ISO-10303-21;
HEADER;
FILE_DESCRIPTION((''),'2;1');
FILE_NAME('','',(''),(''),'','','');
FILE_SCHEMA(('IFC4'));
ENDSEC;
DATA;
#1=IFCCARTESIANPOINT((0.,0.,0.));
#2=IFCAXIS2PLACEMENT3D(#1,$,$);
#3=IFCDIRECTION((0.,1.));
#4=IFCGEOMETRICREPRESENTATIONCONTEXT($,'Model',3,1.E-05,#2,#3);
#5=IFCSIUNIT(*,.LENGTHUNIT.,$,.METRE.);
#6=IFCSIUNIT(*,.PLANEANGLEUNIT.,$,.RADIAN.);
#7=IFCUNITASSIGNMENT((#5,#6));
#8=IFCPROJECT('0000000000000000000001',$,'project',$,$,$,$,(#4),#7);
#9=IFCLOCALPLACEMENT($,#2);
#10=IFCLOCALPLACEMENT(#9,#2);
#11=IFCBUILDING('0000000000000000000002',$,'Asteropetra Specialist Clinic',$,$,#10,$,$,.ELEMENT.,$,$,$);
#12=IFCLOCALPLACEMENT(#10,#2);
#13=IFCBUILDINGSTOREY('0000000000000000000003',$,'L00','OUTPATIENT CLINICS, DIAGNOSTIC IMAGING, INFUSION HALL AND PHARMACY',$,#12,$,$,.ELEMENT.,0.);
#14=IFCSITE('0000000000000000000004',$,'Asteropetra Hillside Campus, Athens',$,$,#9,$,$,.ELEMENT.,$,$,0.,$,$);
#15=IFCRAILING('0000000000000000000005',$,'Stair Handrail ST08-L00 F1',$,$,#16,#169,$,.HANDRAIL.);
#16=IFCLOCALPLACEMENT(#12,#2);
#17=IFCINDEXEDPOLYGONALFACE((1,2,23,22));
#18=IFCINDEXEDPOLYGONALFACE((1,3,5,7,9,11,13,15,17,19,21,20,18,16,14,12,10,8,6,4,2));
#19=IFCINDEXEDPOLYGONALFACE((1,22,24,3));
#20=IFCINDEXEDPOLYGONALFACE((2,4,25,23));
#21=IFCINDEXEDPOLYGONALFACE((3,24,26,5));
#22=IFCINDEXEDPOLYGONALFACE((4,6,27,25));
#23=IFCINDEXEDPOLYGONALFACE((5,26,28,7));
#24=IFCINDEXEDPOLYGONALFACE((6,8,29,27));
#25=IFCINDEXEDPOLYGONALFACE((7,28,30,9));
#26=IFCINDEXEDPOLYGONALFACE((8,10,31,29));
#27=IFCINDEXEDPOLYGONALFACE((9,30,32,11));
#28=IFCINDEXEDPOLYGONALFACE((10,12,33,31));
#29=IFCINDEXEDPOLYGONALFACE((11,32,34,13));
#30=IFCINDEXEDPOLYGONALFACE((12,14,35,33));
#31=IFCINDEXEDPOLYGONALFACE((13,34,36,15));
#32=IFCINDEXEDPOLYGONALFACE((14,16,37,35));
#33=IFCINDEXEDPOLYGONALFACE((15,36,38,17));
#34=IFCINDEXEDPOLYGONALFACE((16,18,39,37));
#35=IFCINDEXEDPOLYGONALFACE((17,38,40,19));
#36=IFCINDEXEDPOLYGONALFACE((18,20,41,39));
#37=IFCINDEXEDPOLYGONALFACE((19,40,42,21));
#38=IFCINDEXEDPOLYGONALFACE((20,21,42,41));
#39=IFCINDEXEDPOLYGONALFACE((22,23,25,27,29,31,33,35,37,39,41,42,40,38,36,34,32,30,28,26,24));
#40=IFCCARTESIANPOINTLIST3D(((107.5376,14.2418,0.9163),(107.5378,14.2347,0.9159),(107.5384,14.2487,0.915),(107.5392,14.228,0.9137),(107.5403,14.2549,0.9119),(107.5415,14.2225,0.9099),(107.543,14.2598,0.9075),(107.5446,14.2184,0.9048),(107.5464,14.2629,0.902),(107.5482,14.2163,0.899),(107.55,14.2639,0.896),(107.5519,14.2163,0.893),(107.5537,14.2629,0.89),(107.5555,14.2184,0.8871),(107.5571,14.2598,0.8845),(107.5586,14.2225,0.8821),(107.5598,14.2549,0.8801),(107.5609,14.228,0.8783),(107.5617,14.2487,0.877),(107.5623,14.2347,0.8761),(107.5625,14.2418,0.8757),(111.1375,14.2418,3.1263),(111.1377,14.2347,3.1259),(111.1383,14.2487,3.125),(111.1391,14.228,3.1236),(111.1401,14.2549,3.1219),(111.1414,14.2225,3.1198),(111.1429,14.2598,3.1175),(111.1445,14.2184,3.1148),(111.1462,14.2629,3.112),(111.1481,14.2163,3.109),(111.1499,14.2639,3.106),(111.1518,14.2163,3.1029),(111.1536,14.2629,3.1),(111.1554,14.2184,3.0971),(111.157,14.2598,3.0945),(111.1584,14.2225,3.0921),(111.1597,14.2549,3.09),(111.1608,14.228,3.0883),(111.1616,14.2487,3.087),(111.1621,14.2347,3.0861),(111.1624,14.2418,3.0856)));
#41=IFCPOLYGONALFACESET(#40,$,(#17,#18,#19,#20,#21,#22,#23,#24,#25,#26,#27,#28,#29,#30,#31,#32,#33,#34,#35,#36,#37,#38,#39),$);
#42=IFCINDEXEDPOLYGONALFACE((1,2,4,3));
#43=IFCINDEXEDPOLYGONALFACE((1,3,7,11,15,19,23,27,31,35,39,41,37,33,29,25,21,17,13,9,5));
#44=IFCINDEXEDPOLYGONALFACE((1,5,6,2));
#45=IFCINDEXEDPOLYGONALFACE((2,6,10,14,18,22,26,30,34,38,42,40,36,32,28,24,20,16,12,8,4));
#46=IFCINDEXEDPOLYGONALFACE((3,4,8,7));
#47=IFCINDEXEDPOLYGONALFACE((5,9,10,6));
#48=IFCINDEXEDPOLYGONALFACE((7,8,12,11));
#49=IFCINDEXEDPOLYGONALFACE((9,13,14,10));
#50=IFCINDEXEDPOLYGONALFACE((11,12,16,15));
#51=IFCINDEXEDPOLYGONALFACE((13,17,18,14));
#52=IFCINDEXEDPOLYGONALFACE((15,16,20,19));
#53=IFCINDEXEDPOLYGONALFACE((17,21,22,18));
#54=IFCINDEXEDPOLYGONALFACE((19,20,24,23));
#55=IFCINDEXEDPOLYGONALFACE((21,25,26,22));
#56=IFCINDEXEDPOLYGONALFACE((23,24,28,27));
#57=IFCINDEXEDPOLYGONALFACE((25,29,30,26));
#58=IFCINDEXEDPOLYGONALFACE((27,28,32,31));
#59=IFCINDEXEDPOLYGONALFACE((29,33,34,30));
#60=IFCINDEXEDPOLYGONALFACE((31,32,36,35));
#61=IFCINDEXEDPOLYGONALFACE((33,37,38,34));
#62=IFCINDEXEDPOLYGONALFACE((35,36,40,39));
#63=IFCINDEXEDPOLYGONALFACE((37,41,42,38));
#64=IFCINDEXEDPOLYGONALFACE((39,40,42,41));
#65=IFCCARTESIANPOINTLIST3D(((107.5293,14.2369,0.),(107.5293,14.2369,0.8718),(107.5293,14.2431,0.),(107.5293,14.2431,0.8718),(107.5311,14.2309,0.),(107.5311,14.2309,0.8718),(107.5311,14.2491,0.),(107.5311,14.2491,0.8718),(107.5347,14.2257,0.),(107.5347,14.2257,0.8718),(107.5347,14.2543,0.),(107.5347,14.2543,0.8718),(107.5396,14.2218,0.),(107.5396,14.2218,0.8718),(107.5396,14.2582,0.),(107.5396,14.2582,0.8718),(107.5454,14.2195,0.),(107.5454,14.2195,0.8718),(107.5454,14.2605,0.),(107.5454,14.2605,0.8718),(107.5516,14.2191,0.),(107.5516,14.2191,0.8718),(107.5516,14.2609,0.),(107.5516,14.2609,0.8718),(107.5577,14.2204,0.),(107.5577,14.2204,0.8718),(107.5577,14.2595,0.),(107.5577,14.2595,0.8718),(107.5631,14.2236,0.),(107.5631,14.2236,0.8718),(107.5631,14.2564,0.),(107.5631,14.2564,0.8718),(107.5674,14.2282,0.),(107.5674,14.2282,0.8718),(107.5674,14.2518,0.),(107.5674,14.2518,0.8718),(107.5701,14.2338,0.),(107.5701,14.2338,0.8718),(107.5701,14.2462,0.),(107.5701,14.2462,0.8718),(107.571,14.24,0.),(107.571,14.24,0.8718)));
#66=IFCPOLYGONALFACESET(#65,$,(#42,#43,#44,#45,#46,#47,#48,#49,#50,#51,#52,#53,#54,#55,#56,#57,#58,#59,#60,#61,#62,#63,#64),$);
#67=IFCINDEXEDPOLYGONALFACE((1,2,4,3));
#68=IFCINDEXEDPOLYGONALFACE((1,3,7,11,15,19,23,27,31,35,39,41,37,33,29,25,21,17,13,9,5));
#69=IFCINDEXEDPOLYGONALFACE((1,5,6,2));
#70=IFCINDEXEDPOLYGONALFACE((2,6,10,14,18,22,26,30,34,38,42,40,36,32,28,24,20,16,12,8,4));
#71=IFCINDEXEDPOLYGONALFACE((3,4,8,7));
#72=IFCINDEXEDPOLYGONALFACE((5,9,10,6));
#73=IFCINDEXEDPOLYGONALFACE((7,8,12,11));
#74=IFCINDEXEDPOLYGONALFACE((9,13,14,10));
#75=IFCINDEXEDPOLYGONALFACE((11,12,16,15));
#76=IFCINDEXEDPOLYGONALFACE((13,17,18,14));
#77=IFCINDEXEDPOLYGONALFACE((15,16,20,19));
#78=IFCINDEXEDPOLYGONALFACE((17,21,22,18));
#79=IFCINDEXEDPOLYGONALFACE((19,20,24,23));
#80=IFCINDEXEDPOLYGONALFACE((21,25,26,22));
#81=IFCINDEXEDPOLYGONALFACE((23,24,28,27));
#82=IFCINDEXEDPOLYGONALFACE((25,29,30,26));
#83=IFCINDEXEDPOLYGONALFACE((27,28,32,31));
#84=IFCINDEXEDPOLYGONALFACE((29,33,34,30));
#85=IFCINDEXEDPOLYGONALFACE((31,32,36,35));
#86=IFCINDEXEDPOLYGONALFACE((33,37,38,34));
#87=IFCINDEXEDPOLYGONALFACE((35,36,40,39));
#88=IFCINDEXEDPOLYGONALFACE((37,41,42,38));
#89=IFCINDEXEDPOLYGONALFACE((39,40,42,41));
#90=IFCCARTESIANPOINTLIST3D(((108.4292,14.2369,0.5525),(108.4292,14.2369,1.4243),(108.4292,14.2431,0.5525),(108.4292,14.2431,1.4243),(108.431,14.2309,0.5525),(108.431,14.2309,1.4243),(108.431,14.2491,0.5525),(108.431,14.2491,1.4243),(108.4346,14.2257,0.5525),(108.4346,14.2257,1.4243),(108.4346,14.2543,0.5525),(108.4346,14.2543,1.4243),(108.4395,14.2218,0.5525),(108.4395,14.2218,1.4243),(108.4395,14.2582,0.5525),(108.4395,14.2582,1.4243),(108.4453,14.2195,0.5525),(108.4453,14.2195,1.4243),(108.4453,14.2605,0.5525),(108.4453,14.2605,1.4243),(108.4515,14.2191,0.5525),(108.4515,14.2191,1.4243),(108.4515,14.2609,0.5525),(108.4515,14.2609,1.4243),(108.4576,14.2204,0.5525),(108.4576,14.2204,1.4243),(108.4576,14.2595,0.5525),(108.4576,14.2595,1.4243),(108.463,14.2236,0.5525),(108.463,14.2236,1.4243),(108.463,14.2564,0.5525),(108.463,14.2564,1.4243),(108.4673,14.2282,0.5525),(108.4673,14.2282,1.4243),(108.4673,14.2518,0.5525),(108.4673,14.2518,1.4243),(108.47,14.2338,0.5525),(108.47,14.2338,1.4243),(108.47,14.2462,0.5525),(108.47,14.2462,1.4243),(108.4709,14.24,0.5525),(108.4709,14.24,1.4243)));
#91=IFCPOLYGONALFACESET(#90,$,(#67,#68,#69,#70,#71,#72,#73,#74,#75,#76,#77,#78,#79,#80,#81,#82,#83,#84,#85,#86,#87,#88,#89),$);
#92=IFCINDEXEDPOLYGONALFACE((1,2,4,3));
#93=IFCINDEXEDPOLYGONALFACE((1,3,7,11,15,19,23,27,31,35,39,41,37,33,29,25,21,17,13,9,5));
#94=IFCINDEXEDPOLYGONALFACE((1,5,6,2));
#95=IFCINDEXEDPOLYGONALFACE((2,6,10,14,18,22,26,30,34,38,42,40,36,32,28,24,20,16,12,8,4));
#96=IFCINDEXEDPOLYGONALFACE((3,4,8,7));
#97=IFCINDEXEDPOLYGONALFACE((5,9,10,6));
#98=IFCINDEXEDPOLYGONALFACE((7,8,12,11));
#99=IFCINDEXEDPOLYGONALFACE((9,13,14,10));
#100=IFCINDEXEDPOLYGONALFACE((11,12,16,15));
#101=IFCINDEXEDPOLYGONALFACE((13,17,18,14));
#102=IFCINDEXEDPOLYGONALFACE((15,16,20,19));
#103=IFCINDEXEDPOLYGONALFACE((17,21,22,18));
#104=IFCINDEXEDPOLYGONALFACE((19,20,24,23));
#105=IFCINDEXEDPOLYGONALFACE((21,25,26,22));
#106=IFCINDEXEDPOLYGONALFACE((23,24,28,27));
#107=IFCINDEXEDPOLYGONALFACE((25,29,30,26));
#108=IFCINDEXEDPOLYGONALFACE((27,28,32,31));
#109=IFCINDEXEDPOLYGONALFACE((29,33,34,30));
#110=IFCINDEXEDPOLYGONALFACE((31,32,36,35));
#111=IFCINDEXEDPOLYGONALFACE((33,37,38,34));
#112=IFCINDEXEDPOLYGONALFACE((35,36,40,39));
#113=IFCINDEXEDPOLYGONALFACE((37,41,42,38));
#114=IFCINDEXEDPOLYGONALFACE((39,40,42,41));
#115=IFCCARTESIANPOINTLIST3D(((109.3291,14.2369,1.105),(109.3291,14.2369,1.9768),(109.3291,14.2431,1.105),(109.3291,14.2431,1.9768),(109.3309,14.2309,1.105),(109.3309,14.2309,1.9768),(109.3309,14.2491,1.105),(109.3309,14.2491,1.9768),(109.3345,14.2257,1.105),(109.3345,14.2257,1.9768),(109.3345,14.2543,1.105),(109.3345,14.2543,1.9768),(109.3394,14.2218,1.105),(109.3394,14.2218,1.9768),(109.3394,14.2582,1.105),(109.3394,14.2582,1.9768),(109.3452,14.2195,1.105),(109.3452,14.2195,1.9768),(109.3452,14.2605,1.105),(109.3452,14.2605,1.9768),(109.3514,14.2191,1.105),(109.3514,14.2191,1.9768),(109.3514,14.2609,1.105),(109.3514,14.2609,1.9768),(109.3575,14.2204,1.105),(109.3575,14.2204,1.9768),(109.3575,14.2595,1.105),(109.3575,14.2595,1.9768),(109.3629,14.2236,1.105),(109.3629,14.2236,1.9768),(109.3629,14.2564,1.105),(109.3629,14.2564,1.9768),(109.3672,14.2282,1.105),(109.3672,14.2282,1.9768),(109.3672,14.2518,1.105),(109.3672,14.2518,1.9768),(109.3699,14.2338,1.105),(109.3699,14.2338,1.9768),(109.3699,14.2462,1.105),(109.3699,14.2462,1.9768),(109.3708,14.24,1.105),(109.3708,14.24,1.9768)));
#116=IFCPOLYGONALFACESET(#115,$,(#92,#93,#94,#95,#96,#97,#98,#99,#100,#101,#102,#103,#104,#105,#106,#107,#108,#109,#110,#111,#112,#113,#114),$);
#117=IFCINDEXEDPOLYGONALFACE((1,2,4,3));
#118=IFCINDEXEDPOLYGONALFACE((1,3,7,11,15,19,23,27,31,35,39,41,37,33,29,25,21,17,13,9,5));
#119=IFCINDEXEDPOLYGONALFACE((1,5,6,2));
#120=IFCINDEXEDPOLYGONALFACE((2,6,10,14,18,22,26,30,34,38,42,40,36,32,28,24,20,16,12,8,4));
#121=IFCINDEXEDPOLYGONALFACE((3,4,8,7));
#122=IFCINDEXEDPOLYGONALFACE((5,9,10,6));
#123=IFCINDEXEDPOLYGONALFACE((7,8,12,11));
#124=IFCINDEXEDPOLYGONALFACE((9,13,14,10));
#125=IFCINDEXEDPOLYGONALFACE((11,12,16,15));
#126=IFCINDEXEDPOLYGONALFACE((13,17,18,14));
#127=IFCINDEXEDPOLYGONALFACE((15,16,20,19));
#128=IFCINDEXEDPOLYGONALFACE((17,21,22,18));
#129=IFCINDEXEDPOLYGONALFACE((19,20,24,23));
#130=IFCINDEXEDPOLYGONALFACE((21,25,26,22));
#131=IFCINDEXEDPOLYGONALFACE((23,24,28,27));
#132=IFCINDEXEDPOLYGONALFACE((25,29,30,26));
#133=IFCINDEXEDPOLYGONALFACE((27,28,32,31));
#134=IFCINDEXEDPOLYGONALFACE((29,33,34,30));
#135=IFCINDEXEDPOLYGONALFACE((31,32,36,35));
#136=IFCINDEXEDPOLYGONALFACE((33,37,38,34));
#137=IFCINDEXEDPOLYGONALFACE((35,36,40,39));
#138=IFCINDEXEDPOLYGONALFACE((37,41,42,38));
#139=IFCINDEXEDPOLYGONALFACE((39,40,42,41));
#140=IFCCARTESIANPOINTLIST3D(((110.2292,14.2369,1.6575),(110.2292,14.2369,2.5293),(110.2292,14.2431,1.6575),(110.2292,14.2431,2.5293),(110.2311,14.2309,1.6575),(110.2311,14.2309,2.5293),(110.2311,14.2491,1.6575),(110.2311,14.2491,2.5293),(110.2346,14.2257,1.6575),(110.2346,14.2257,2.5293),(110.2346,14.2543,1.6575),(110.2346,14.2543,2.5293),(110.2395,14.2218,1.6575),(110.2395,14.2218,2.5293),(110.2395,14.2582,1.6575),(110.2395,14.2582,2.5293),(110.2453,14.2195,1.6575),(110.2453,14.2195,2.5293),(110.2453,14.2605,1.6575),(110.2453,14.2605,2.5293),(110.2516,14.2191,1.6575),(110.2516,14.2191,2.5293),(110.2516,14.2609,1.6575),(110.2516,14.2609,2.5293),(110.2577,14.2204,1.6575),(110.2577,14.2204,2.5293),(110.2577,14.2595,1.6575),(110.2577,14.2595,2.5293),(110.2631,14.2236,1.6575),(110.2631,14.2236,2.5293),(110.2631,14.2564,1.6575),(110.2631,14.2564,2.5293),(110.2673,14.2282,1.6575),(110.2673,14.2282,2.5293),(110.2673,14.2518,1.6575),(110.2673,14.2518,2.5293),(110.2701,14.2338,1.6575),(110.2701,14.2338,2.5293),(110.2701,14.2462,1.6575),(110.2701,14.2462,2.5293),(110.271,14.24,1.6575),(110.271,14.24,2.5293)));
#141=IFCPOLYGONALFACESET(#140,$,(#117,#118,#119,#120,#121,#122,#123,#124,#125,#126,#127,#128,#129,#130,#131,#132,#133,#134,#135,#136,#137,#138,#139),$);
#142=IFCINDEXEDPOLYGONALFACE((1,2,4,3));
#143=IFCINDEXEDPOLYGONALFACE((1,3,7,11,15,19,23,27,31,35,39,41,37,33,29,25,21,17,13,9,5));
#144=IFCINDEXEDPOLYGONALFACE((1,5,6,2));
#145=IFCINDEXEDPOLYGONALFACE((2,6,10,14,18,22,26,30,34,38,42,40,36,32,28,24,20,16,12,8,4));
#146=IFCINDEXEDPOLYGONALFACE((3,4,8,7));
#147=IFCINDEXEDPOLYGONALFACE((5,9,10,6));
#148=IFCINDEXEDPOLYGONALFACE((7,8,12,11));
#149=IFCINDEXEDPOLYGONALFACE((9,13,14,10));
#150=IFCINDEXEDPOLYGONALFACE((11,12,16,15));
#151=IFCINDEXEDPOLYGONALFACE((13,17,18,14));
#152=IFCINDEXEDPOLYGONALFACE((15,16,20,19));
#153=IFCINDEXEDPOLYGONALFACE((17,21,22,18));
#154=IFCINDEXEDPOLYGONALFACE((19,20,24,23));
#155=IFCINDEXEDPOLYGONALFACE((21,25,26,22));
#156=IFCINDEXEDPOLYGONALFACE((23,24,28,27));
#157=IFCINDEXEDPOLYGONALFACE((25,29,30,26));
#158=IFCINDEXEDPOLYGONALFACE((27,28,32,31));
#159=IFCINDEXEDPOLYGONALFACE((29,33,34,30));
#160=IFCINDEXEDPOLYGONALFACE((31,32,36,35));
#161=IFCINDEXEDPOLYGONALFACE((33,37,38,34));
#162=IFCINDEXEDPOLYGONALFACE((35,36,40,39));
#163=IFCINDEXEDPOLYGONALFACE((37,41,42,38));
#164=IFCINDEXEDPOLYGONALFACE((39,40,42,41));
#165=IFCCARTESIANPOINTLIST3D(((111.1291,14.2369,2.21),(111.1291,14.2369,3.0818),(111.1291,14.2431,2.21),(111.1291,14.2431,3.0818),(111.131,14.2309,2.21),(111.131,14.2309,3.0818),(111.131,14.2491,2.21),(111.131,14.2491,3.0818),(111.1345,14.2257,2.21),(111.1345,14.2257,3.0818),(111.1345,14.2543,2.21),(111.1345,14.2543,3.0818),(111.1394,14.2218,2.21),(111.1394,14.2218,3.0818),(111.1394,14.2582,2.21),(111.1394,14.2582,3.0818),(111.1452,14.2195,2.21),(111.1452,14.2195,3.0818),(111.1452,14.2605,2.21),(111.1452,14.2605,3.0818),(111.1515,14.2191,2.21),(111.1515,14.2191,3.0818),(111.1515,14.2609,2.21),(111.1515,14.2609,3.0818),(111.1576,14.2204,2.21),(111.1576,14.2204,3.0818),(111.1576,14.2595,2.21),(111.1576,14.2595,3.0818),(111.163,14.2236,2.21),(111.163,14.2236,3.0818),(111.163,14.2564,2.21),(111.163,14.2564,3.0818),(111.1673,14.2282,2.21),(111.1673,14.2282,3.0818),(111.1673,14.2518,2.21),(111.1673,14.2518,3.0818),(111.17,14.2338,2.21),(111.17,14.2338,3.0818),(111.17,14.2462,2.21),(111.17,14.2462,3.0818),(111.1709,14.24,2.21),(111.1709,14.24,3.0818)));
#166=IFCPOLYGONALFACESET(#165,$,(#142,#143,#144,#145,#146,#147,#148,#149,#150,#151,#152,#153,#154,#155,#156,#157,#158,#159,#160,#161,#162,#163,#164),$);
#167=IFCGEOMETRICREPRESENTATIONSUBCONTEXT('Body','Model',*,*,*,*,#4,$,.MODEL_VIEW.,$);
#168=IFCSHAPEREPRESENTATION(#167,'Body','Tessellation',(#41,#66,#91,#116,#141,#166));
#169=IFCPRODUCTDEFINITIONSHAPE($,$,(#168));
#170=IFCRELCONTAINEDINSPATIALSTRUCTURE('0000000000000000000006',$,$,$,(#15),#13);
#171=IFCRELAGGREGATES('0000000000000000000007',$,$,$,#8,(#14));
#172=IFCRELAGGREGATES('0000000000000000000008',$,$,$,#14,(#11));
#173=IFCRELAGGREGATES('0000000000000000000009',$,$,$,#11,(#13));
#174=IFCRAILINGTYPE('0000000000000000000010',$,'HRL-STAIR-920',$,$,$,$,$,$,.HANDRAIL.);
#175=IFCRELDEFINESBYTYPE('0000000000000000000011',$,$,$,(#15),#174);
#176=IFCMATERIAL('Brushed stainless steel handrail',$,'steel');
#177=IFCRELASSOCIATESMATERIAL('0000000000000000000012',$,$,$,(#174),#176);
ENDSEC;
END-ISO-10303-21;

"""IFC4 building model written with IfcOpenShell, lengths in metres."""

from ifc_helpers import new_model, si_unit, direction, frame, origin, origin_2d, place, context, subcontext, project, spatial, circle, extrude, material, type_object, element, save


model = new_model("IFC4")

# Units and contexts
model_context = context("Model", 3, precision=1e-05, world=origin(), true_north=direction((0.0, 1.0)))
body_context = subcontext(model_context, "Body", "Model", "MODEL_VIEW")
ifc_project = project(units=[si_unit("LENGTHUNIT", "METRE"), si_unit("PLANEANGLEUNIT", "RADIAN")], contexts=[model_context])

# Site, building, storey
site_placement = place(None, origin())
site = spatial("IfcSite", under=ifc_project, at=site_placement, Name="Asteropetra Hillside Campus, Athens", CompositionType="ELEMENT", RefElevation=0.0)
building_placement = place(site_placement, origin())
building = spatial("IfcBuilding", under=site, at=building_placement, Name="Asteropetra Specialist Clinic", CompositionType="ELEMENT")
storey_placement = place(building_placement, origin())
storey = spatial("IfcBuildingStorey", under=building, at=storey_placement, Name="L00", Description="OUTPATIENT CLINICS, DIAGNOSTIC IMAGING, INFUSION HALL AND PHARMACY", CompositionType="ELEMENT", Elevation=0.0)

# Railing
ifc_material_1 = material(Name="Brushed stainless steel handrail", Category="steel")
railing_type_1 = type_object("IfcRailingType", Name="HRL-STAIR-920", PredefinedType="HANDRAIL", material=ifc_material_1)
railing_1_placement = place(storey_placement, frame((107.55, 14.24, 0.0)))
element("IfcRailing", 1, at=railing_1_placement, inside=storey, type_object=railing_type_1, Name="Stair Handrail ST08-L00 F1", PredefinedType="HANDRAIL", context=body_context, shape_type="SweptSolid", body=[
    extrude(circle(Radius=0.0239, at=origin_2d()), frame((0.0, 0.0, 0.896), z_axis=(0.852221, 0.0, 0.523181), x_axis=(0.0, 1.0, 0.0)), (0.0, 0.0, 1.0), 4.2241),
    extrude(circle(Radius=0.021, at=origin_2d()), origin(), (0.0, 0.0, 1.0), 0.8718),
    extrude(circle(Radius=0.021, at=origin_2d()), frame((0.8999, 0.0, 0.5525)), (0.0, 0.0, 1.0), 0.8718),
    extrude(circle(Radius=0.021, at=origin_2d()), frame((1.7998, 0.0, 1.105)), (0.0, 0.0, 1.0), 0.8718),
    extrude(circle(Radius=0.021, at=origin_2d()), frame((2.7, 0.0, 1.6575)), (0.0, 0.0, 1.0), 0.8718),
    extrude(circle(Radius=0.021, at=origin_2d()), frame((3.5999, 0.0, 2.21)), (0.0, 0.0, 1.0), 0.8718),
])

save(model, "model.ifc")
